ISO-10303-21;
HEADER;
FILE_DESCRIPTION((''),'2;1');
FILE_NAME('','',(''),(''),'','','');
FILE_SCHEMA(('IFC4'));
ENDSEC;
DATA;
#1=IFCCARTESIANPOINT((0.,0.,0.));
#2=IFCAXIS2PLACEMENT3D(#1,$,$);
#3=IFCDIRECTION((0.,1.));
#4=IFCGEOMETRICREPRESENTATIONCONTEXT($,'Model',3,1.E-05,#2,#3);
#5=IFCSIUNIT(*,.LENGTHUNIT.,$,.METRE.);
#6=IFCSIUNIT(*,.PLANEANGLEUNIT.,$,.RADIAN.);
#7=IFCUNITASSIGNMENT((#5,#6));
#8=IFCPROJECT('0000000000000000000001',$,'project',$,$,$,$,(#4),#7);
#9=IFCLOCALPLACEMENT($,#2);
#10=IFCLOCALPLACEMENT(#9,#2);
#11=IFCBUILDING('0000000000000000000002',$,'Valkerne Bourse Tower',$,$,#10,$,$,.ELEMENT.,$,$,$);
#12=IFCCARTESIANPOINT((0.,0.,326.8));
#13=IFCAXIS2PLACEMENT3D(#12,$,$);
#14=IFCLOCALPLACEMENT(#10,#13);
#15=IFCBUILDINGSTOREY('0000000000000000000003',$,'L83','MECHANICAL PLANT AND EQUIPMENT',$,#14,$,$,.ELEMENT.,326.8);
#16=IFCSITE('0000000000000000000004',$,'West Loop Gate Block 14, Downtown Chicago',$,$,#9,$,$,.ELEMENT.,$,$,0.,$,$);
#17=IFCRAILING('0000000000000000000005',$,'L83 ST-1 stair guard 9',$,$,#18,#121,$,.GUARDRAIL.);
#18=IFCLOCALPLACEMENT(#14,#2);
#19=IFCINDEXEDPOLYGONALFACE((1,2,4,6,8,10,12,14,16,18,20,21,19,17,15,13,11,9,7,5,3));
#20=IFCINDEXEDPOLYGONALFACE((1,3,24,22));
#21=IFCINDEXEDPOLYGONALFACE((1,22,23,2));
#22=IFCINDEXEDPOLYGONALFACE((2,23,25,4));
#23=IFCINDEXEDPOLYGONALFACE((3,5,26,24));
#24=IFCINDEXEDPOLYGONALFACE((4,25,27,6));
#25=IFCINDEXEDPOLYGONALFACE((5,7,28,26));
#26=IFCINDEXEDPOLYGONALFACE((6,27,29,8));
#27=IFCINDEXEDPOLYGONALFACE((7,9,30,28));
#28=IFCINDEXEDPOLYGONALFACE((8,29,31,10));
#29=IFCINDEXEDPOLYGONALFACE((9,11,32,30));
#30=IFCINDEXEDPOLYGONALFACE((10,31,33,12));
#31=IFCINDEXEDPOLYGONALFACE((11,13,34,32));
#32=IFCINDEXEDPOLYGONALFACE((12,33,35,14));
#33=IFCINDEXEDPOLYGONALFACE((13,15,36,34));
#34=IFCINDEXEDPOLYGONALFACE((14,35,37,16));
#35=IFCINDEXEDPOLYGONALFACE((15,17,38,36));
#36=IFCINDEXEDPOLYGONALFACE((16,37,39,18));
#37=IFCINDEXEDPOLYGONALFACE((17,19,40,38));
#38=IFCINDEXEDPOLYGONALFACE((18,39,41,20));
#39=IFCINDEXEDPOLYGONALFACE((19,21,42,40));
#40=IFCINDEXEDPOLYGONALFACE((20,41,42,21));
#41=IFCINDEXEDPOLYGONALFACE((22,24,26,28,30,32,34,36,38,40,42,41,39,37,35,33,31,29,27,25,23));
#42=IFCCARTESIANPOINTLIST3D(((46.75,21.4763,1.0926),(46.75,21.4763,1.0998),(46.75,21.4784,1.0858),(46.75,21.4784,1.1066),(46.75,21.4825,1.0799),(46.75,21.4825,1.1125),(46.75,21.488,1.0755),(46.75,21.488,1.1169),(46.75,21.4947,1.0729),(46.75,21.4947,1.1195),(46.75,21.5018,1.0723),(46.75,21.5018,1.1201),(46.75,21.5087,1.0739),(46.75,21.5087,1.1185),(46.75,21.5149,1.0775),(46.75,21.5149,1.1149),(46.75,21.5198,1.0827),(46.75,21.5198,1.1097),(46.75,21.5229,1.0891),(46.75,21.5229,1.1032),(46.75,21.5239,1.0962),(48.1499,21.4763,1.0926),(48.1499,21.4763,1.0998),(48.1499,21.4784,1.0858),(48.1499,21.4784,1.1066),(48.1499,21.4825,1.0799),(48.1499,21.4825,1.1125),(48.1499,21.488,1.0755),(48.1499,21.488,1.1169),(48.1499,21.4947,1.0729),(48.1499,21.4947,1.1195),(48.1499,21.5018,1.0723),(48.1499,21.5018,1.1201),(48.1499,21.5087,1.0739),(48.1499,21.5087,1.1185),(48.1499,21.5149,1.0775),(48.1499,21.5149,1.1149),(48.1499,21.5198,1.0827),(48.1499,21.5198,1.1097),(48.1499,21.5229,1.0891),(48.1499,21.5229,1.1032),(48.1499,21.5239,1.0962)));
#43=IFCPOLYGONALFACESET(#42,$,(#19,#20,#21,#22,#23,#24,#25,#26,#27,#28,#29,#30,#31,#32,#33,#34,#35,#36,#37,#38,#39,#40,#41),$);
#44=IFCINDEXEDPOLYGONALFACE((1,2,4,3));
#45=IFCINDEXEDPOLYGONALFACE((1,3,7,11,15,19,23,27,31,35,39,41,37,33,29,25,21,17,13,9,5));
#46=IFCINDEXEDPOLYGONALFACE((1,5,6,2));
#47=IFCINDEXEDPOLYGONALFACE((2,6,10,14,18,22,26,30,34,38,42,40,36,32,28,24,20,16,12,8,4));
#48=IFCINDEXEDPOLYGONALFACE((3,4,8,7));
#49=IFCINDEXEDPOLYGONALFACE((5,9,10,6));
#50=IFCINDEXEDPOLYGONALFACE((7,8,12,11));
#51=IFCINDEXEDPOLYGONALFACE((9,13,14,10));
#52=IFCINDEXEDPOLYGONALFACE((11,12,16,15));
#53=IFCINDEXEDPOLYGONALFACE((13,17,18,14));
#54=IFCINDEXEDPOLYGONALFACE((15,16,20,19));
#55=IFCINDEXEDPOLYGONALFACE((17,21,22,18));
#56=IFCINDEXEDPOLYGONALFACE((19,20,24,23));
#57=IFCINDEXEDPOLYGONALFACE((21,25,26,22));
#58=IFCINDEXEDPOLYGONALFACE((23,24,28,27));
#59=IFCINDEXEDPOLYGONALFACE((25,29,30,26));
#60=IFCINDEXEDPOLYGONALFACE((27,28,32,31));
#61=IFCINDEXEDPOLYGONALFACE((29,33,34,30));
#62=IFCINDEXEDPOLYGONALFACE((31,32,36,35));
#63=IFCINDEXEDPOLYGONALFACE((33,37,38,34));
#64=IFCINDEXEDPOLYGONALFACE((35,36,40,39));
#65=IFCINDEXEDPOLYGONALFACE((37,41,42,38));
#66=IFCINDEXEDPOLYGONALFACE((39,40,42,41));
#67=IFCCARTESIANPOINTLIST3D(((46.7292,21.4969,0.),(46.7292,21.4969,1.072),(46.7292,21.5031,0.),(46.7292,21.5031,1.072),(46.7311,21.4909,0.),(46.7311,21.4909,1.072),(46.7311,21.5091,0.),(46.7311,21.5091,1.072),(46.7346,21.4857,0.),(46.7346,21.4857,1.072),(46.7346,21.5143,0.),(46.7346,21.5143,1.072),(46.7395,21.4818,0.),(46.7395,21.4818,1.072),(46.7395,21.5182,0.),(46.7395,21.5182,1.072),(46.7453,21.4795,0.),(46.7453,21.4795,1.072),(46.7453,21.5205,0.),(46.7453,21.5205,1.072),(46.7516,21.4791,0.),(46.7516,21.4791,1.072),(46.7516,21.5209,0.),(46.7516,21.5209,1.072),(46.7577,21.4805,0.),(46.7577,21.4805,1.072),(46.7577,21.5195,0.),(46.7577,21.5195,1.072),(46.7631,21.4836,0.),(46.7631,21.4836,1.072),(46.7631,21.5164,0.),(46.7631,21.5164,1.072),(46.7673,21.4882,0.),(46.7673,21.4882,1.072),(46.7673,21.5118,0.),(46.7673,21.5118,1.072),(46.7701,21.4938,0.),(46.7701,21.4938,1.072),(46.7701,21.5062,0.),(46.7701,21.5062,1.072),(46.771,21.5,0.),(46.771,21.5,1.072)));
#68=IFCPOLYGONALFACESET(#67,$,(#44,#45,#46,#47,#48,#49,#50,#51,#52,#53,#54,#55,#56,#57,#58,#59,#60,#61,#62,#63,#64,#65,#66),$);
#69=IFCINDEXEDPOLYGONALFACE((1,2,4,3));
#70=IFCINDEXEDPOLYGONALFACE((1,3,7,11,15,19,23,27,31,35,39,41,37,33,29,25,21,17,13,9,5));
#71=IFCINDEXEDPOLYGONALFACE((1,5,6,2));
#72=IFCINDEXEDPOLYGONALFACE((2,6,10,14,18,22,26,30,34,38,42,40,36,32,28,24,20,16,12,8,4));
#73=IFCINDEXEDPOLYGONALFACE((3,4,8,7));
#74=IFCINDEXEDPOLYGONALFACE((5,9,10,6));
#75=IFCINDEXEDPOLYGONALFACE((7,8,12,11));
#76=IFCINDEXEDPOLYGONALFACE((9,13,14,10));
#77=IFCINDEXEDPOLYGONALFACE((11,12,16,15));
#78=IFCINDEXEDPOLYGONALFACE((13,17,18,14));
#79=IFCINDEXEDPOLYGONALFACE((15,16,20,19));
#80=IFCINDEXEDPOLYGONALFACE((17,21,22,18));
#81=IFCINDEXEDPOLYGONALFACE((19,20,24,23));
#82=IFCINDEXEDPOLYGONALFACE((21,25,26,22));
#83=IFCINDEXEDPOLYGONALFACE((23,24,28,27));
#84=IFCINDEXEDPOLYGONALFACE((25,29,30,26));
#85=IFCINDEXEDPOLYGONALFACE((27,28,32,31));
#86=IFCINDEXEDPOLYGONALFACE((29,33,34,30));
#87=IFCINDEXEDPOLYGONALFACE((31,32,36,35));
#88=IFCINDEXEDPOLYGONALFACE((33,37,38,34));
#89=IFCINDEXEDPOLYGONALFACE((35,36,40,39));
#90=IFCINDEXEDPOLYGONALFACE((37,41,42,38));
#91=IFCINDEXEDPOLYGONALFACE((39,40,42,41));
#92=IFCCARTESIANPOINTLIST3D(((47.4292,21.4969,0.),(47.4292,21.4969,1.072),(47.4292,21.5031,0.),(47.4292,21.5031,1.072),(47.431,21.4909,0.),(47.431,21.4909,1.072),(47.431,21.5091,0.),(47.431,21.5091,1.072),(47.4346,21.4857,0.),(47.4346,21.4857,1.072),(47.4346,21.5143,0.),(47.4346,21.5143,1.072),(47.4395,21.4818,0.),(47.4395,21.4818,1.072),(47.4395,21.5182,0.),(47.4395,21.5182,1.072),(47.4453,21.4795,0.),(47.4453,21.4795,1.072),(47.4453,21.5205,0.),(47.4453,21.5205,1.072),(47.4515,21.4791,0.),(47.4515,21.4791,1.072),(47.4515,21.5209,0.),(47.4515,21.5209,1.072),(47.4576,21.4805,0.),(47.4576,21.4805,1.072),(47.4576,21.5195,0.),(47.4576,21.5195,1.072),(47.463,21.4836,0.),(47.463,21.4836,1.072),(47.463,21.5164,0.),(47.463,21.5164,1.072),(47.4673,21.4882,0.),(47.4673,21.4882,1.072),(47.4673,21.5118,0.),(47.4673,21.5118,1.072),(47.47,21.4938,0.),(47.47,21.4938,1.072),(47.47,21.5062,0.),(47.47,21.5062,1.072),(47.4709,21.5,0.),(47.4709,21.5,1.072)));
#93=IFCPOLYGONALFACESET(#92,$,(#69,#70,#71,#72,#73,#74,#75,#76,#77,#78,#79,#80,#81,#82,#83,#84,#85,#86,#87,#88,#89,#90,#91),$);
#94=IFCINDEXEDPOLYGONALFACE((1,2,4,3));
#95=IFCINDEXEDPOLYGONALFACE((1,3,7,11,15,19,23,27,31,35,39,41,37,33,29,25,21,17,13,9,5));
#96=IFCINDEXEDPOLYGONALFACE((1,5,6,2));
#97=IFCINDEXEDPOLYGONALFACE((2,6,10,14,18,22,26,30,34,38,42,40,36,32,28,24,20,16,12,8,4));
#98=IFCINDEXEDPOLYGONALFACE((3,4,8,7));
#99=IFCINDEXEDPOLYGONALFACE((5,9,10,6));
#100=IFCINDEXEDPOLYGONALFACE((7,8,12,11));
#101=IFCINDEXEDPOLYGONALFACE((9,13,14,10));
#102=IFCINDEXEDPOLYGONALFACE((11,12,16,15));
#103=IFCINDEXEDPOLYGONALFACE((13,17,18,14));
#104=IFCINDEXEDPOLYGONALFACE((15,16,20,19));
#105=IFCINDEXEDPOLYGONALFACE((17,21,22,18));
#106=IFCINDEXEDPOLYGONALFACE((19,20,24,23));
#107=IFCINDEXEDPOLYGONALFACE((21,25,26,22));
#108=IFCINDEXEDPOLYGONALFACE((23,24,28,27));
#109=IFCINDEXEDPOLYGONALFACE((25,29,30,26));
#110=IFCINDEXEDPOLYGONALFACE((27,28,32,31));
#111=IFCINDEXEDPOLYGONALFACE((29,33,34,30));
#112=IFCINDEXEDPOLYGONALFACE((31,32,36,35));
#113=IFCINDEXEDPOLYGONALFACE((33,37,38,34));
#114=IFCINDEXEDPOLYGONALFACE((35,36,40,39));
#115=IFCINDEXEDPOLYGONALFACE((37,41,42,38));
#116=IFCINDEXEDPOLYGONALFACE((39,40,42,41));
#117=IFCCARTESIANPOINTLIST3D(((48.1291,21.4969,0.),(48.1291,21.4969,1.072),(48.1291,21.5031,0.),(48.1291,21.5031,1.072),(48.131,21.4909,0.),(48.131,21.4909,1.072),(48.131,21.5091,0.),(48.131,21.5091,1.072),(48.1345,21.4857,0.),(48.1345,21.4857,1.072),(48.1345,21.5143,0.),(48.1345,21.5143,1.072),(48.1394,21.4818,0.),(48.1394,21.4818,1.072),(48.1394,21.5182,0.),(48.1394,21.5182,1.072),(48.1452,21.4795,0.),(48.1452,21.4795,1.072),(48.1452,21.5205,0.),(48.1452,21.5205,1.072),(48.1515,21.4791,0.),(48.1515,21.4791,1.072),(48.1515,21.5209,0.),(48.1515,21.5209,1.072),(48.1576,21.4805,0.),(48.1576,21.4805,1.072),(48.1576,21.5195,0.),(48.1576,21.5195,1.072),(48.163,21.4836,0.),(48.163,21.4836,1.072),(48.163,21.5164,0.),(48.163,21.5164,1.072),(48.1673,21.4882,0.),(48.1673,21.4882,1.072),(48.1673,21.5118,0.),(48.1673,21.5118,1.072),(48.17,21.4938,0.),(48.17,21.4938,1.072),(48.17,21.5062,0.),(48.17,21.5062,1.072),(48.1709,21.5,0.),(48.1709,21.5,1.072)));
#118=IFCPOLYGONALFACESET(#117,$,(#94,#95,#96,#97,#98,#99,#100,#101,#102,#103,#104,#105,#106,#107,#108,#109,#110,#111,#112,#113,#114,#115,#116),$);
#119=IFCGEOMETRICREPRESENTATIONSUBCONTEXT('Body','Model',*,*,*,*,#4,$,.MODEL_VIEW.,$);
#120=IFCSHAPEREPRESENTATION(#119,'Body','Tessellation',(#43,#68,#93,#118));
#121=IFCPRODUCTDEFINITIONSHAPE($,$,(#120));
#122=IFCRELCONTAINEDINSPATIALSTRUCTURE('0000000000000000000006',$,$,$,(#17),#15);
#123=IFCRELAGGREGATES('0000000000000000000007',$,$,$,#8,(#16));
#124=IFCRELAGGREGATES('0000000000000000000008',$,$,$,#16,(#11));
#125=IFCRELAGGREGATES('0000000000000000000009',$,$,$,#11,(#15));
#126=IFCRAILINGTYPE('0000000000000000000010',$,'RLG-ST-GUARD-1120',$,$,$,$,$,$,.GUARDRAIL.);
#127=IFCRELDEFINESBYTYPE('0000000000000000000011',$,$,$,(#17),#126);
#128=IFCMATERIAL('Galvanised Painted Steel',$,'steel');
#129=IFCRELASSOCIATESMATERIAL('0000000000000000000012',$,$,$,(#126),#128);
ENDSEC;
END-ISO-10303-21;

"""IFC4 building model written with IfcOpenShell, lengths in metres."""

from ifc_helpers import new_model, si_unit, direction, frame, origin, origin_2d, place, context, subcontext, project, spatial, circle, extrude, material, type_object, element, save


model = new_model("IFC4")

# Units and contexts
model_context = context("Model", 3, precision=1e-05, world=origin(), true_north=direction((0.0, 1.0)))
body_context = subcontext(model_context, "Body", "Model", "MODEL_VIEW")
ifc_project = project(units=[si_unit("LENGTHUNIT", "METRE"), si_unit("PLANEANGLEUNIT", "RADIAN")], contexts=[model_context])

# Site, building, storey
site_placement = place(None, origin())
site = spatial("IfcSite", under=ifc_project, at=site_placement, Name="West Loop Gate Block 14, Downtown Chicago", CompositionType="ELEMENT", RefElevation=0.0)
building_placement = place(site_placement, origin())
building = spatial("IfcBuilding", under=site, at=building_placement, Name="Valkerne Bourse Tower", CompositionType="ELEMENT")
storey_placement = place(building_placement, frame((0.0, 0.0, 326.8)))
storey = spatial("IfcBuildingStorey", under=building, at=storey_placement, Name="L83", Description="MECHANICAL PLANT AND EQUIPMENT", CompositionType="ELEMENT", Elevation=326.8)

# Railing
ifc_material_1 = material(Name="Galvanised Painted Steel", Category="steel")
railing_type = type_object("IfcRailingType", Name="RLG-ST-GUARD-1120", PredefinedType="GUARDRAIL", material=ifc_material_1)
for number, where, name in (
    (1, (46.75, 21.5, 0.0), "L83 ST-1 stair guard 9"),
):
    element("IfcRailing", number, at=place(storey_placement, frame(where)), inside=storey, type_object=railing_type, Name=name, PredefinedType="GUARDRAIL", context=body_context, shape_type="SweptSolid", body=[
        extrude(circle(Radius=0.0239, at=origin_2d()), frame((0.0, 0.0, 1.0962), z_axis=(1.0, 0.0, 0.0), x_axis=(0.0, 1.0, 0.0)), (0.0, 0.0, 1.0), 1.3999),
        extrude(circle(Radius=0.021, at=origin_2d()), origin(), (0.0, 0.0, 1.0), 1.072),
        extrude(circle(Radius=0.021, at=origin_2d()), frame((0.7, 0.0, 0.0)), (0.0, 0.0, 1.0), 1.072),
        extrude(circle(Radius=0.021, at=origin_2d()), frame((1.3999, 0.0, 0.0)), (0.0, 0.0, 1.0), 1.072),
    ])

save(model, "model.ifc")
